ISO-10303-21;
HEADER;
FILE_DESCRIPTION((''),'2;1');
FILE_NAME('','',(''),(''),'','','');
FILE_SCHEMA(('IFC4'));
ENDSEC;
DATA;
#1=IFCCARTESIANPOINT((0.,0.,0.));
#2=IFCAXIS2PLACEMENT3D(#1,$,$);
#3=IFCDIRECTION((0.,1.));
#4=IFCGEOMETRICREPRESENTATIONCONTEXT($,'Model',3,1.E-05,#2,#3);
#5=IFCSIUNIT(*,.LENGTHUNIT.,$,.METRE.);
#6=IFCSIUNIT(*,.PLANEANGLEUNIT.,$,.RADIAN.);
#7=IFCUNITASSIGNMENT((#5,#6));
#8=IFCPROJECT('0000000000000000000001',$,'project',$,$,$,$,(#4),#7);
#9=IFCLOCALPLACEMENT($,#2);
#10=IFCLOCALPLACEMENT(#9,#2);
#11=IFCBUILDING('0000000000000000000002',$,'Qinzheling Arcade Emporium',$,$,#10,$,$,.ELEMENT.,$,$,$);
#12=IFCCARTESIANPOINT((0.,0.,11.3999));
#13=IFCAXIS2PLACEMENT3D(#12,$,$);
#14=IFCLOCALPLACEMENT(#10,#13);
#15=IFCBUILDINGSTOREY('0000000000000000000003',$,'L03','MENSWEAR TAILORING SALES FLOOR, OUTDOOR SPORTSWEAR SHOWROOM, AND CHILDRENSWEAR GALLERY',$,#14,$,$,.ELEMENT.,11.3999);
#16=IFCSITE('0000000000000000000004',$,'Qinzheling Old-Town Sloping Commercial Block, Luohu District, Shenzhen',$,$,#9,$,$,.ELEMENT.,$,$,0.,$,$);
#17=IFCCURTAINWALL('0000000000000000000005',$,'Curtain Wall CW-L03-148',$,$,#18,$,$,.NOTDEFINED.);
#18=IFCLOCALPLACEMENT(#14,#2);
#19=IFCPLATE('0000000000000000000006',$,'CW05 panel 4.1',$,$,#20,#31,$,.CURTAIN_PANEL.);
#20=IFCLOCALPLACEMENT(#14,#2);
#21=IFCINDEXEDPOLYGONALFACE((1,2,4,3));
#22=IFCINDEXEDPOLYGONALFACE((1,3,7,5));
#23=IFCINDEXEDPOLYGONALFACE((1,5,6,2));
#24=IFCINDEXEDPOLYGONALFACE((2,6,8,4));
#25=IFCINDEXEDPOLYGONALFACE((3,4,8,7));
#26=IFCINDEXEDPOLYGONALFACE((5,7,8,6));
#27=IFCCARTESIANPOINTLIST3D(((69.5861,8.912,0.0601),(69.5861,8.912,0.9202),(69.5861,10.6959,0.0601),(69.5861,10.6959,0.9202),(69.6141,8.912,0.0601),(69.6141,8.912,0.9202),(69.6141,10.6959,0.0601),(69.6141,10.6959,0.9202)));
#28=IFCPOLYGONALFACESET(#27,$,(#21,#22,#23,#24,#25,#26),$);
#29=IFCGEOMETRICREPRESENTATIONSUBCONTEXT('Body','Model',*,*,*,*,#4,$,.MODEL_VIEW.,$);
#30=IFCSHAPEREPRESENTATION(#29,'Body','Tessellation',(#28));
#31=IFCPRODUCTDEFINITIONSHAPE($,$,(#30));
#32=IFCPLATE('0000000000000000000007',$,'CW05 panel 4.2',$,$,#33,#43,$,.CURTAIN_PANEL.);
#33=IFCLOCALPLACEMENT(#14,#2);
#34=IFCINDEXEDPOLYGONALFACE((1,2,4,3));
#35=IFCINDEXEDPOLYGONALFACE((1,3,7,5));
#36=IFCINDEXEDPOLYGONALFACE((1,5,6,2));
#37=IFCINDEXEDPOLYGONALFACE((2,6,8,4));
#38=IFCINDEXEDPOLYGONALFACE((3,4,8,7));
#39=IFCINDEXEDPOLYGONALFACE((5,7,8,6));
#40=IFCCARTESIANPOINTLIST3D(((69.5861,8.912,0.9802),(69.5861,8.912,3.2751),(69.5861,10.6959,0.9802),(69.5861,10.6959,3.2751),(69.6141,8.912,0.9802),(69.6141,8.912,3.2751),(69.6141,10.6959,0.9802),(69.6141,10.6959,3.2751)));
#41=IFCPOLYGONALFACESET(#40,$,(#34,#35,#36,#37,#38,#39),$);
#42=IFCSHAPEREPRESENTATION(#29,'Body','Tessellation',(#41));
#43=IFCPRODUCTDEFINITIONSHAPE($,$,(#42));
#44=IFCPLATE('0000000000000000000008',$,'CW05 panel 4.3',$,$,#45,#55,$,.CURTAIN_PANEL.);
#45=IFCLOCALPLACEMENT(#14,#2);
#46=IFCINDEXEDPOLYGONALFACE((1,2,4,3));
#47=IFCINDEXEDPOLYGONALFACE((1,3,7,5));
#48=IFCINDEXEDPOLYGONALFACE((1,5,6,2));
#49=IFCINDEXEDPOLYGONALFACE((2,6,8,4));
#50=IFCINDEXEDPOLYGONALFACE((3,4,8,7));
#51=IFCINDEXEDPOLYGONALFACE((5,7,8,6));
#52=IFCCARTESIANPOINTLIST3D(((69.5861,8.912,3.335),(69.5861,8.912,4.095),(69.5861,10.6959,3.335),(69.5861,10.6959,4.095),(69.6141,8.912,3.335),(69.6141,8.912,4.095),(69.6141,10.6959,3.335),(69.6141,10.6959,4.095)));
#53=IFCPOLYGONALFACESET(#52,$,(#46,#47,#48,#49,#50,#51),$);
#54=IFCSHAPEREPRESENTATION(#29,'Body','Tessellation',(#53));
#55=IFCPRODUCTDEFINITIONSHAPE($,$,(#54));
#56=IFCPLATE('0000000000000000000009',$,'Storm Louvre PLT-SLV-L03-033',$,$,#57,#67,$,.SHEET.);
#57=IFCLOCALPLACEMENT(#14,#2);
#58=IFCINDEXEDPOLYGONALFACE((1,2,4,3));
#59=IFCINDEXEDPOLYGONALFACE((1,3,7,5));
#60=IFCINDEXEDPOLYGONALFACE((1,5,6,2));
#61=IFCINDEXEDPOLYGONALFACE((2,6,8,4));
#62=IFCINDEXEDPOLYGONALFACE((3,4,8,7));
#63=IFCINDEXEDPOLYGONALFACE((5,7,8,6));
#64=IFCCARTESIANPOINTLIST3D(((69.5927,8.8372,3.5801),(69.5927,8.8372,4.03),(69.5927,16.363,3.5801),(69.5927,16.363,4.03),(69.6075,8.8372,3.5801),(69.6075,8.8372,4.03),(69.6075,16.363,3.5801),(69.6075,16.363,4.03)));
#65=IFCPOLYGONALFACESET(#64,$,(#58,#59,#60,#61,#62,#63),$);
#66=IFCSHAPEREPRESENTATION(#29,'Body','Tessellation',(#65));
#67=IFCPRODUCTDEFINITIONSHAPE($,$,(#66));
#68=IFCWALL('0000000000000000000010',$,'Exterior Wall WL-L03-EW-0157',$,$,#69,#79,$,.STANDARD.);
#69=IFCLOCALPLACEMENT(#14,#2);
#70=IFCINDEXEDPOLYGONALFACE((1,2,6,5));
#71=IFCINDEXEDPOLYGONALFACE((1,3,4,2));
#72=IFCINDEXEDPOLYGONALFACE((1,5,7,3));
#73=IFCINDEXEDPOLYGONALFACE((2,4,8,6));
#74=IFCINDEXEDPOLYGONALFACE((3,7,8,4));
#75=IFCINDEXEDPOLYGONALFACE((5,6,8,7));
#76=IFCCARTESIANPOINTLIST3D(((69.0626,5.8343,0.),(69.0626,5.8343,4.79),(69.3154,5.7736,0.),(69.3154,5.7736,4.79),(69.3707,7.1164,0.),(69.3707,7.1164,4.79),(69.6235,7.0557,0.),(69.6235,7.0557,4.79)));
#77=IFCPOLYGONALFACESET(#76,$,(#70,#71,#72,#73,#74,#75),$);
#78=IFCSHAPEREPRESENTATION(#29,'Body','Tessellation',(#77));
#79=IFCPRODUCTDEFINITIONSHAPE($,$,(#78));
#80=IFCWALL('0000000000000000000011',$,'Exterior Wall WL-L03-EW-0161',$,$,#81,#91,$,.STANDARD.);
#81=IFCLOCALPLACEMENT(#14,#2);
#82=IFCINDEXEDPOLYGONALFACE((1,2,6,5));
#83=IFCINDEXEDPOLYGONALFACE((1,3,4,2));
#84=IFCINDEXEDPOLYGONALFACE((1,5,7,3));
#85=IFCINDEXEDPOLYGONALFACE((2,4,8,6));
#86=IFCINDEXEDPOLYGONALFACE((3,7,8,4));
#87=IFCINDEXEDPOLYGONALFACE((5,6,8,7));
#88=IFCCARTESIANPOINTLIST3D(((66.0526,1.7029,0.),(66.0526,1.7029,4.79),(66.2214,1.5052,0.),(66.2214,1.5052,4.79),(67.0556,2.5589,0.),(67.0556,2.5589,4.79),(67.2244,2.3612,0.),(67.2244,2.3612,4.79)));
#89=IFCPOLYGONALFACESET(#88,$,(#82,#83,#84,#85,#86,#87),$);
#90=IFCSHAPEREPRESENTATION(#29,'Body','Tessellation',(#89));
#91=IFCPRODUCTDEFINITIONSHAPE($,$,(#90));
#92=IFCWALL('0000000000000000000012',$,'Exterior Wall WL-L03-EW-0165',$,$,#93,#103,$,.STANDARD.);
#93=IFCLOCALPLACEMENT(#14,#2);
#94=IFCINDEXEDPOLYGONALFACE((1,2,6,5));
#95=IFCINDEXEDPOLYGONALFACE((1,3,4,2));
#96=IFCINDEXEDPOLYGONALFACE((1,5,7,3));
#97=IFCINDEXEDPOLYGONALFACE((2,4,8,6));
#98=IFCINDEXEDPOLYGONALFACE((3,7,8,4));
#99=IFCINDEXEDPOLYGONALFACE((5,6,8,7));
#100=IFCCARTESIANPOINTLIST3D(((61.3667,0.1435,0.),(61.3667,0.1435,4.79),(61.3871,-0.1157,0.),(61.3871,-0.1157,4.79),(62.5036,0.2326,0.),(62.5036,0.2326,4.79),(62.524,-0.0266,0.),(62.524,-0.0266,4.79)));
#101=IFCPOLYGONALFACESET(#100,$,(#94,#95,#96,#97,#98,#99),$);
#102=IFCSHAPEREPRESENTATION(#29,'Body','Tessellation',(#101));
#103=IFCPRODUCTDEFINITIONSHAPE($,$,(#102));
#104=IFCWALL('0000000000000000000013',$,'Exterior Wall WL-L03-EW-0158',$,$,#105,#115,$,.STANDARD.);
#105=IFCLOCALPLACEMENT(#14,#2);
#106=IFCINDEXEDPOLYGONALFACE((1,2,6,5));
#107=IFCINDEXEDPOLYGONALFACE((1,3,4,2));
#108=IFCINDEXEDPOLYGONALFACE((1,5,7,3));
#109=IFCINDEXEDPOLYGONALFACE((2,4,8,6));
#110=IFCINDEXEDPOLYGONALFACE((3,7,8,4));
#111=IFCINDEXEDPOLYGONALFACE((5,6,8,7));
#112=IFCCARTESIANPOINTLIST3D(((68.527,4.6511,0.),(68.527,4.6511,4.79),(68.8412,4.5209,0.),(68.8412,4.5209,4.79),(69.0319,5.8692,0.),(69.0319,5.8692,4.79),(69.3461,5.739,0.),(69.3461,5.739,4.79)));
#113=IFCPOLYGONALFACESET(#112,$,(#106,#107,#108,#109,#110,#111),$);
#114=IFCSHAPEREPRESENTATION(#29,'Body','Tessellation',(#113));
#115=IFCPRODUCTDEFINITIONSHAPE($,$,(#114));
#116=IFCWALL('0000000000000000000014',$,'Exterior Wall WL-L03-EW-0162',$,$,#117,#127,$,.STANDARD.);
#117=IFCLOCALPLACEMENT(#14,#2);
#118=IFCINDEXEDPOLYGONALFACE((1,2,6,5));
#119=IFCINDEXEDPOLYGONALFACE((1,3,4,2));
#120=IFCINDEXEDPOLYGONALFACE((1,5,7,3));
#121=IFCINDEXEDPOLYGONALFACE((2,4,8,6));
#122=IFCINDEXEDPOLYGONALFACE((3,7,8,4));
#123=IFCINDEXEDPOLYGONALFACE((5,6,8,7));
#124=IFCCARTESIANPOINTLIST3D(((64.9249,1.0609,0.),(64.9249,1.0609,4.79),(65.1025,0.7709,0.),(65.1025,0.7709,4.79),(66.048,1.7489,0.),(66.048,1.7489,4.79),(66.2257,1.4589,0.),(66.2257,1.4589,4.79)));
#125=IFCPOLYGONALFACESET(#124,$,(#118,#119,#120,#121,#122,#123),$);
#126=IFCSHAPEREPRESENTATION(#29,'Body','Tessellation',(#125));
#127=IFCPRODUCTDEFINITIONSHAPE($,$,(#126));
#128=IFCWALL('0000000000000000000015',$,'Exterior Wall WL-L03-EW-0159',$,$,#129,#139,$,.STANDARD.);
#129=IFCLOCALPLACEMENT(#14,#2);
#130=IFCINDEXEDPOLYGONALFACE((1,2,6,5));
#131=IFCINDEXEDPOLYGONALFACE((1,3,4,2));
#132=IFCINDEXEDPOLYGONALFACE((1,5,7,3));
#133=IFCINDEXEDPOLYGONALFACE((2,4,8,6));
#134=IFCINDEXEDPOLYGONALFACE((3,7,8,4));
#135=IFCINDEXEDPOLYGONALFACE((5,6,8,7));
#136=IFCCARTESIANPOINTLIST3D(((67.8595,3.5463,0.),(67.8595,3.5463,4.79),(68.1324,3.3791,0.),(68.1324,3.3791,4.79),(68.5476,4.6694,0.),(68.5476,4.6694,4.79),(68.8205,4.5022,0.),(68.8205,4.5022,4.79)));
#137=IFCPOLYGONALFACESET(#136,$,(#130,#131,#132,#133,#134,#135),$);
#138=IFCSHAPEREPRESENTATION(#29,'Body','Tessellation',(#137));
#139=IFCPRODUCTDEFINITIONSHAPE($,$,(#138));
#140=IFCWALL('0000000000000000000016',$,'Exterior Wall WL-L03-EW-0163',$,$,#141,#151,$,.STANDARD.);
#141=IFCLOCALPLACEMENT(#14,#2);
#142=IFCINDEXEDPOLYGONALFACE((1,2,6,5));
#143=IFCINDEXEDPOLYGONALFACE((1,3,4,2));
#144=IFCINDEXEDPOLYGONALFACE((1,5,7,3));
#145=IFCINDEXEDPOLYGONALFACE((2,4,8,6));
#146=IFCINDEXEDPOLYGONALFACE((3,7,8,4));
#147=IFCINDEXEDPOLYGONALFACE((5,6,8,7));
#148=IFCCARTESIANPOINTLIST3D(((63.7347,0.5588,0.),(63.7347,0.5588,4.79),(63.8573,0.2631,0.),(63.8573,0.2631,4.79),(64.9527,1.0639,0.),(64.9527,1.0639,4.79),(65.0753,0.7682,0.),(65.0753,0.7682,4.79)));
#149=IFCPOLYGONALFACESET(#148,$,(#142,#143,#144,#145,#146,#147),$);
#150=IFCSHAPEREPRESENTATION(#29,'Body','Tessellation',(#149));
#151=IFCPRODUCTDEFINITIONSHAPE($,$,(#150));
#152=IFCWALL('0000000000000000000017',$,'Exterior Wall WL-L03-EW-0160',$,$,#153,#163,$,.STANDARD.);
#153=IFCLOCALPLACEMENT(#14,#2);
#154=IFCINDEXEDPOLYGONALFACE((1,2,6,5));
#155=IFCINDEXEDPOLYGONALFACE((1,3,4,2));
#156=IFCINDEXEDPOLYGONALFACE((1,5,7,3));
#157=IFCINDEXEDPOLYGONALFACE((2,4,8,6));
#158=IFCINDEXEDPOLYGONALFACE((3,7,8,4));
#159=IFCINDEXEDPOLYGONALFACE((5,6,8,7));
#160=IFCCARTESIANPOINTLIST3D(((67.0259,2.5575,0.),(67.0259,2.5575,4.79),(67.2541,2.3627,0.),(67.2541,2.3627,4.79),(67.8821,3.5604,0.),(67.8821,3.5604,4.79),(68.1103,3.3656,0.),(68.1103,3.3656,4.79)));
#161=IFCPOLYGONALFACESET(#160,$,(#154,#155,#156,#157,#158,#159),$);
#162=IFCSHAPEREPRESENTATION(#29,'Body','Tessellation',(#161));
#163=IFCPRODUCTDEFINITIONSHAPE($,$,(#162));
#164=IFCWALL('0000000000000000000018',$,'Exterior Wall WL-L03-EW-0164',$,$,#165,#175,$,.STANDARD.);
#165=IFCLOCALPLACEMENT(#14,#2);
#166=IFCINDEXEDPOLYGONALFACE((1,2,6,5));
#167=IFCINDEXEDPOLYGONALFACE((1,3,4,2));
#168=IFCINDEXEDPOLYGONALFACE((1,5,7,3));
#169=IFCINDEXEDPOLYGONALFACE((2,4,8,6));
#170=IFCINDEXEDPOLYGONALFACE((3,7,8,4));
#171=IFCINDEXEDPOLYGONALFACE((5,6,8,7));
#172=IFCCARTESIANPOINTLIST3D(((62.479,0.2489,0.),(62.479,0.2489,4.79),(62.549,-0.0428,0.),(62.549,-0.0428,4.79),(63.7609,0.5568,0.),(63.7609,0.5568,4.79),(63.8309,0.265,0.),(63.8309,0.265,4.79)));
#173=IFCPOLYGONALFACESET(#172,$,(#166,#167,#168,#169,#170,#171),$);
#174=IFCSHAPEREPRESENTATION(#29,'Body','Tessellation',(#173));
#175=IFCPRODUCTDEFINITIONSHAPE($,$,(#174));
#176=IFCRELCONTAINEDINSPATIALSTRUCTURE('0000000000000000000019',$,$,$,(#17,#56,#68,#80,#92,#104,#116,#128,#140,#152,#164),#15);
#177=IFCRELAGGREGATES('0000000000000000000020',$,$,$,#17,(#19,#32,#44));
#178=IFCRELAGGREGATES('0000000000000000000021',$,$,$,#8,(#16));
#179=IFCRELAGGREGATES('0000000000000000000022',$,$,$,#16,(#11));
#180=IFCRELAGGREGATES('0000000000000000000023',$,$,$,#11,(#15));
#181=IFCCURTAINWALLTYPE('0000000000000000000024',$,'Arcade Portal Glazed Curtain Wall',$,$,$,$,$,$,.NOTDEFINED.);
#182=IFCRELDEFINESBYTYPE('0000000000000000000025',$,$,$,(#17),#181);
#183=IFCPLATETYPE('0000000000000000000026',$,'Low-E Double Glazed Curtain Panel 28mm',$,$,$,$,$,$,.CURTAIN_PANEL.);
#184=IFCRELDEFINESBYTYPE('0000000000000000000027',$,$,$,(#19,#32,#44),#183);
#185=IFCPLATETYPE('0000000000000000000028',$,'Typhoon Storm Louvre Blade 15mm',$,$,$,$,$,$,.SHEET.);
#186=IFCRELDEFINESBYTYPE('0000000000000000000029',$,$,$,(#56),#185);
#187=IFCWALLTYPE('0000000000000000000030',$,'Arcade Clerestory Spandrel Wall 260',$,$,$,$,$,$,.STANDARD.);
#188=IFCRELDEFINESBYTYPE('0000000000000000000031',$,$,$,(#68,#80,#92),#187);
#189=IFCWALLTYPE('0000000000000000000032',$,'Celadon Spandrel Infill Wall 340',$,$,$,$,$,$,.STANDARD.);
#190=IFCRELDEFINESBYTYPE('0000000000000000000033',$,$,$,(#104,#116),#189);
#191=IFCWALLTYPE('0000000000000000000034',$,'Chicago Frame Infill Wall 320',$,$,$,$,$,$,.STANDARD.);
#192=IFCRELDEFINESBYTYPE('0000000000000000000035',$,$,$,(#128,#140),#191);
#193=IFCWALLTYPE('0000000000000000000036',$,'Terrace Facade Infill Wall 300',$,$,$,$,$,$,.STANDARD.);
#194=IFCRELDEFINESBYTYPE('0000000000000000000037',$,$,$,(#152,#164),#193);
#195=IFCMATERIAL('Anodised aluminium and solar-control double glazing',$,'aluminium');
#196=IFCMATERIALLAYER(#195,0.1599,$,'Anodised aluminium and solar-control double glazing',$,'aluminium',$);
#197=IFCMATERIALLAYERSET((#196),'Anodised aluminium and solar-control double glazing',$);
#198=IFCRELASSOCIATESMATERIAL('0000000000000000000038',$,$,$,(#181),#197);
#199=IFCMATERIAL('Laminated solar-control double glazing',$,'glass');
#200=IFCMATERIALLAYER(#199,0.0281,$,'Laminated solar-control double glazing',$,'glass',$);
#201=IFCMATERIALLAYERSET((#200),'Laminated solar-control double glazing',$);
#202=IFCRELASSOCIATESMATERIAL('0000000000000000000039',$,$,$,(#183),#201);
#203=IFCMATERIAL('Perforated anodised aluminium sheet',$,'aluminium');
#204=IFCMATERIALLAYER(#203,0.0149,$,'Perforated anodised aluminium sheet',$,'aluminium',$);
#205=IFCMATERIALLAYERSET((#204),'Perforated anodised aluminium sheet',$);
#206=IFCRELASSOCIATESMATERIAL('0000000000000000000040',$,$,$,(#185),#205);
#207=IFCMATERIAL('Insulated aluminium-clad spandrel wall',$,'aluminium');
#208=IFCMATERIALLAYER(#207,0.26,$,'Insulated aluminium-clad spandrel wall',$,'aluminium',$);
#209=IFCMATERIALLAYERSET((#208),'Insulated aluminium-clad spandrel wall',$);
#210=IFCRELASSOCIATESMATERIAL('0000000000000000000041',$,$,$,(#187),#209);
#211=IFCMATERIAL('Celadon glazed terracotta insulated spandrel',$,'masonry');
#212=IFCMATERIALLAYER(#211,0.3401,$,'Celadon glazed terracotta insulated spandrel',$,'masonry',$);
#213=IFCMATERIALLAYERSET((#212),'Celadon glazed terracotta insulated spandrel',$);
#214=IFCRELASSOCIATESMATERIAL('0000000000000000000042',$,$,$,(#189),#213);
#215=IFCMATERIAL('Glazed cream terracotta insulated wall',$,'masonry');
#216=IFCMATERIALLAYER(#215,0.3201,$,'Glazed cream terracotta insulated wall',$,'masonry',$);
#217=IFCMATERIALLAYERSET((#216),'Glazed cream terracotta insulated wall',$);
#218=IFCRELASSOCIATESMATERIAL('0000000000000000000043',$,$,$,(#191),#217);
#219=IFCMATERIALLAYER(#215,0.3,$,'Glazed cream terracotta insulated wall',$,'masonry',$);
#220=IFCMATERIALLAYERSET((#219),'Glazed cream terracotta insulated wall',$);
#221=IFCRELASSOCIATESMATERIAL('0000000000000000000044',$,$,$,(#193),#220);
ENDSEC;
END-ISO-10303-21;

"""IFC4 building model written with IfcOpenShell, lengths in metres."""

from ifc_helpers import new_model, si_unit, direction, frame, frame_2d, origin, origin_2d, place, context, subcontext, project, spatial, rectangle, extrude, material, layer, layer_set, type_object, element, aggregate, save


model = new_model("IFC4")

# Units and contexts
model_context = context("Model", 3, precision=1e-05, world=origin(), true_north=direction((0.0, 1.0)))
body_context = subcontext(model_context, "Body", "Model", "MODEL_VIEW")
ifc_project = project(units=[si_unit("LENGTHUNIT", "METRE"), si_unit("PLANEANGLEUNIT", "RADIAN")], contexts=[model_context])

# Site, building, storey
site_placement = place(None, origin())
site = spatial("IfcSite", under=ifc_project, at=site_placement, Name="Qinzheling Old-Town Sloping Commercial Block, Luohu District, Shenzhen", CompositionType="ELEMENT", RefElevation=0.0)
building_placement = place(site_placement, origin())
building = spatial("IfcBuilding", under=site, at=building_placement, Name="Qinzheling Arcade Emporium", CompositionType="ELEMENT")
storey_placement = place(building_placement, frame((0.0, 0.0, 11.3999)))
storey = spatial("IfcBuildingStorey", under=building, at=storey_placement, Name="L03", Description="MENSWEAR TAILORING SALES FLOOR, OUTDOOR SPORTSWEAR SHOWROOM, AND CHILDRENSWEAR GALLERY", CompositionType="ELEMENT", Elevation=11.3999)

# Curtain wall
ifc_material_1 = material(Name="Anodised aluminium and solar-control double glazing", Category="aluminium")
ifc_layer_1 = layer(ifc_material_1, 0.1599, Name="Anodised aluminium and solar-control double glazing", Category="aluminium")
ifc_layer_set_1 = layer_set([ifc_layer_1], Name="Anodised aluminium and solar-control double glazing")
curtain_wall_type = type_object("IfcCurtainWallType", Name="Arcade Portal Glazed Curtain Wall", PredefinedType="NOTDEFINED", material=ifc_layer_set_1)
curtain_wall_1_placement = place(storey_placement, origin())
curtain_wall_1 = element("IfcCurtainWall", 1, at=curtain_wall_1_placement, inside=storey, type_object=curtain_wall_type, Name="Curtain Wall CW-L03-148", PredefinedType="NOTDEFINED")

# Plates
ifc_material_2 = material(Name="Laminated solar-control double glazing", Category="glass")
ifc_layer_2 = layer(ifc_material_2, 0.0281, Name="Laminated solar-control double glazing", Category="glass")
ifc_layer_set_2 = layer_set([ifc_layer_2], Name="Laminated solar-control double glazing")
plate_type_1 = type_object("IfcPlateType", Name="Low-E Double Glazed Curtain Panel 28mm", PredefinedType="CURTAIN_PANEL", material=ifc_layer_set_2)
plate_1_placement = place(storey_placement, frame((69.6001, 9.804, 0.0601), z_axis=(0.0, 0.0, 1.0), x_axis=(0.0, -1.0, 0.0)))
plate_1 = element("IfcPlate", 2, at=plate_1_placement, type_object=plate_type_1, Name="CW05 panel 4.1", PredefinedType="CURTAIN_PANEL", context=body_context, shape_type="SweptSolid", body=[
    extrude(rectangle(XDim=1.7839, YDim=0.0281, at=origin_2d()), origin(), (0.0, 0.0, 1.0), 0.8601),
])
plate_2_placement = place(storey_placement, frame((69.6001, 9.804, 0.9802), z_axis=(0.0, 0.0, 1.0), x_axis=(0.0, -1.0, 0.0)))
plate_2 = element("IfcPlate", 3, at=plate_2_placement, type_object=plate_type_1, Name="CW05 panel 4.2", PredefinedType="CURTAIN_PANEL", context=body_context, shape_type="SweptSolid", body=[
    extrude(rectangle(XDim=1.7839, YDim=0.0281, at=origin_2d()), origin(), (0.0, 0.0, 1.0), 2.2949),
])
plate_3_placement = place(storey_placement, frame((69.6001, 9.804, 3.335), z_axis=(0.0, 0.0, 1.0), x_axis=(0.0, -1.0, 0.0)))
plate_3 = element("IfcPlate", 4, at=plate_3_placement, type_object=plate_type_1, Name="CW05 panel 4.3", PredefinedType="CURTAIN_PANEL", context=body_context, shape_type="SweptSolid", body=[
    extrude(rectangle(XDim=1.7839, YDim=0.0281, at=origin_2d()), origin(), (0.0, 0.0, 1.0), 0.76),
])
aggregate(curtain_wall_1, [plate_1, plate_2, plate_3])
ifc_material_3 = material(Name="Perforated anodised aluminium sheet", Category="aluminium")
ifc_layer_3 = layer(ifc_material_3, 0.0149, Name="Perforated anodised aluminium sheet", Category="aluminium")
ifc_layer_set_3 = layer_set([ifc_layer_3], Name="Perforated anodised aluminium sheet")
plate_type_2 = type_object("IfcPlateType", Name="Typhoon Storm Louvre Blade 15mm", PredefinedType="SHEET", material=ifc_layer_set_3)
plate_4_placement = place(storey_placement, frame((69.6001, 12.6001, 3.5801), z_axis=(0.0, 0.0, 1.0), x_axis=(0.0, -1.0, 0.0)))
element("IfcPlate", 5, at=plate_4_placement, inside=storey, type_object=plate_type_2, Name="Storm Louvre PLT-SLV-L03-033", PredefinedType="SHEET", context=body_context, shape_type="SweptSolid", body=[
    extrude(rectangle(XDim=7.5259, YDim=0.0149, at=origin_2d()), origin(), (0.0, 0.0, 1.0), 0.45),
])

# Walls
ifc_material_4 = material(Name="Insulated aluminium-clad spandrel wall", Category="aluminium")
ifc_layer_4 = layer(ifc_material_4, 0.26, Name="Insulated aluminium-clad spandrel wall", Category="aluminium")
ifc_layer_set_4 = layer_set([ifc_layer_4], Name="Insulated aluminium-clad spandrel wall")
wall_type_1 = type_object("IfcWallType", Name="Arcade Clerestory Spandrel Wall 260", PredefinedType="STANDARD", material=ifc_layer_set_4)
for number, where, z_axis, x_axis, name in (
    (6, (69.4971, 7.0859, 0.0), (0.0, 0.0, 1.0), (-0.233681, -0.972313, 0.0), "Exterior Wall WL-L03-EW-0157"),
    (7, (67.1399, 2.46, 0.0), (0.0, 0.0, 1.0), (-0.76064, -0.649174, 0.0), "Exterior Wall WL-L03-EW-0161"),
):
    element("IfcWall", number, at=place(storey_placement, frame(where, z_axis=z_axis, x_axis=x_axis)), inside=storey, type_object=wall_type_1, Name=name, PredefinedType="STANDARD", context=body_context, shape_type="SweptSolid", body=[
        extrude(rectangle(XDim=1.3186, YDim=0.26, at=frame_2d((0.6592, 0.0))), origin(), (0.0, 0.0, 1.0), 4.79),
    ])
wall_1_placement = place(storey_placement, frame((62.5139, 0.103, 0.0), z_axis=(0.0, 0.0, 1.0), x_axis=(-0.996943, -0.078137, 0.0)))
element("IfcWall", 8, at=wall_1_placement, inside=storey, type_object=wall_type_1, Name="Exterior Wall WL-L03-EW-0165", PredefinedType="STANDARD", context=body_context, shape_type="SweptSolid", body=[
    extrude(rectangle(XDim=1.1404, YDim=0.26, at=frame_2d((0.5703, 0.0))), origin(), (0.0, 0.0, 1.0), 4.79),
])
ifc_material_5 = material(Name="Celadon glazed terracotta insulated spandrel", Category="masonry")
ifc_layer_5 = layer(ifc_material_5, 0.3401, Name="Celadon glazed terracotta insulated spandrel", Category="masonry")
ifc_layer_set_5 = layer_set([ifc_layer_5], Name="Celadon glazed terracotta insulated spandrel")
wall_type_2 = type_object("IfcWallType", Name="Celadon Spandrel Infill Wall 340", PredefinedType="STANDARD", material=ifc_layer_set_5)
wall_2_placement = place(storey_placement, frame((69.189, 5.804, 0.0), z_axis=(0.0, 0.0, 1.0), x_axis=(-0.382919, -0.923782, 0.0)))
element("IfcWall", 9, at=wall_2_placement, inside=storey, type_object=wall_type_2, Name="Exterior Wall WL-L03-EW-0158", PredefinedType="STANDARD", context=body_context, shape_type="SweptSolid", body=[
    extrude(rectangle(XDim=1.3186, YDim=0.3401, at=frame_2d((0.6592, 0.0))), origin(), (0.0, 0.0, 1.0), 4.79),
])
wall_3_placement = place(storey_placement, frame((66.137, 1.604, 0.0), z_axis=(0.0, 0.0, 1.0), x_axis=(-0.852713, -0.522379, 0.0)))
element("IfcWall", 10, at=wall_3_placement, inside=storey, type_object=wall_type_2, Name="Exterior Wall WL-L03-EW-0162", PredefinedType="STANDARD", context=body_context, shape_type="SweptSolid", body=[
    extrude(rectangle(XDim=1.3171, YDim=0.3401, at=frame_2d((0.6587, 0.0))), origin(), (0.0, 0.0, 1.0), 4.79),
])
ifc_material_6 = material(Name="Glazed cream terracotta insulated wall", Category="masonry")
ifc_layer_6 = layer(ifc_material_6, 0.3201, Name="Glazed cream terracotta insulated wall", Category="masonry")
ifc_layer_set_6 = layer_set([ifc_layer_6], Name="Glazed cream terracotta insulated wall")
wall_type_3 = type_object("IfcWallType", Name="Chicago Frame Infill Wall 320", PredefinedType="STANDARD", material=ifc_layer_set_6)
wall_4_placement = place(storey_placement, frame((68.6841, 4.5859, 0.0), z_axis=(0.0, 0.0, 1.0), x_axis=(-0.522379, -0.852713, 0.0)))
element("IfcWall", 11, at=wall_4_placement, inside=storey, type_object=wall_type_3, Name="Exterior Wall WL-L03-EW-0159", PredefinedType="STANDARD", context=body_context, shape_type="SweptSolid", body=[
    extrude(rectangle(XDim=1.3171, YDim=0.3201, at=frame_2d((0.6587, 0.0))), origin(), (0.0, 0.0, 1.0), 4.79),
])
wall_5_placement = place(storey_placement, frame((65.0139, 0.916, 0.0), z_axis=(0.0, 0.0, 1.0), x_axis=(-0.923717, -0.383077, 0.0)))
element("IfcWall", 12, at=wall_5_placement, inside=storey, type_object=wall_type_3, Name="Exterior Wall WL-L03-EW-0163", PredefinedType="STANDARD", context=body_context, shape_type="SweptSolid", body=[
    extrude(rectangle(XDim=1.3186, YDim=0.3201, at=frame_2d((0.6592, 0.0))), origin(), (0.0, 0.0, 1.0), 4.79),
])
ifc_layer_7 = layer(ifc_material_6, 0.3, Name="Glazed cream terracotta insulated wall", Category="masonry")
ifc_layer_set_7 = layer_set([ifc_layer_7], Name="Glazed cream terracotta insulated wall")
wall_type_4 = type_object("IfcWallType", Name="Terrace Facade Infill Wall 300", PredefinedType="STANDARD", material=ifc_layer_set_7)
wall_6_placement = place(storey_placement, frame((67.9961, 3.4629, 0.0), z_axis=(0.0, 0.0, 1.0), x_axis=(-0.649281, -0.760549, 0.0)))
element("IfcWall", 13, at=wall_6_placement, inside=storey, type_object=wall_type_4, Name="Exterior Wall WL-L03-EW-0160", PredefinedType="STANDARD", context=body_context, shape_type="SweptSolid", body=[
    extrude(rectangle(XDim=1.3186, YDim=0.3, at=frame_2d((0.6592, 0.0))), origin(), (0.0, 0.0, 1.0), 4.79),
])
wall_7_placement = place(storey_placement, frame((63.7959, 0.4109, 0.0), z_axis=(0.0, 0.0, 1.0), x_axis=(-0.972355, -0.233506, 0.0)))
element("IfcWall", 14, at=wall_7_placement, inside=storey, type_object=wall_type_4, Name="Exterior Wall WL-L03-EW-0164", PredefinedType="STANDARD", context=body_context, shape_type="SweptSolid", body=[
    extrude(rectangle(XDim=1.3184, YDim=0.3, at=frame_2d((0.6592, 0.0))), origin(), (0.0, 0.0, 1.0), 4.79),
])

save(model, "model.ifc")
